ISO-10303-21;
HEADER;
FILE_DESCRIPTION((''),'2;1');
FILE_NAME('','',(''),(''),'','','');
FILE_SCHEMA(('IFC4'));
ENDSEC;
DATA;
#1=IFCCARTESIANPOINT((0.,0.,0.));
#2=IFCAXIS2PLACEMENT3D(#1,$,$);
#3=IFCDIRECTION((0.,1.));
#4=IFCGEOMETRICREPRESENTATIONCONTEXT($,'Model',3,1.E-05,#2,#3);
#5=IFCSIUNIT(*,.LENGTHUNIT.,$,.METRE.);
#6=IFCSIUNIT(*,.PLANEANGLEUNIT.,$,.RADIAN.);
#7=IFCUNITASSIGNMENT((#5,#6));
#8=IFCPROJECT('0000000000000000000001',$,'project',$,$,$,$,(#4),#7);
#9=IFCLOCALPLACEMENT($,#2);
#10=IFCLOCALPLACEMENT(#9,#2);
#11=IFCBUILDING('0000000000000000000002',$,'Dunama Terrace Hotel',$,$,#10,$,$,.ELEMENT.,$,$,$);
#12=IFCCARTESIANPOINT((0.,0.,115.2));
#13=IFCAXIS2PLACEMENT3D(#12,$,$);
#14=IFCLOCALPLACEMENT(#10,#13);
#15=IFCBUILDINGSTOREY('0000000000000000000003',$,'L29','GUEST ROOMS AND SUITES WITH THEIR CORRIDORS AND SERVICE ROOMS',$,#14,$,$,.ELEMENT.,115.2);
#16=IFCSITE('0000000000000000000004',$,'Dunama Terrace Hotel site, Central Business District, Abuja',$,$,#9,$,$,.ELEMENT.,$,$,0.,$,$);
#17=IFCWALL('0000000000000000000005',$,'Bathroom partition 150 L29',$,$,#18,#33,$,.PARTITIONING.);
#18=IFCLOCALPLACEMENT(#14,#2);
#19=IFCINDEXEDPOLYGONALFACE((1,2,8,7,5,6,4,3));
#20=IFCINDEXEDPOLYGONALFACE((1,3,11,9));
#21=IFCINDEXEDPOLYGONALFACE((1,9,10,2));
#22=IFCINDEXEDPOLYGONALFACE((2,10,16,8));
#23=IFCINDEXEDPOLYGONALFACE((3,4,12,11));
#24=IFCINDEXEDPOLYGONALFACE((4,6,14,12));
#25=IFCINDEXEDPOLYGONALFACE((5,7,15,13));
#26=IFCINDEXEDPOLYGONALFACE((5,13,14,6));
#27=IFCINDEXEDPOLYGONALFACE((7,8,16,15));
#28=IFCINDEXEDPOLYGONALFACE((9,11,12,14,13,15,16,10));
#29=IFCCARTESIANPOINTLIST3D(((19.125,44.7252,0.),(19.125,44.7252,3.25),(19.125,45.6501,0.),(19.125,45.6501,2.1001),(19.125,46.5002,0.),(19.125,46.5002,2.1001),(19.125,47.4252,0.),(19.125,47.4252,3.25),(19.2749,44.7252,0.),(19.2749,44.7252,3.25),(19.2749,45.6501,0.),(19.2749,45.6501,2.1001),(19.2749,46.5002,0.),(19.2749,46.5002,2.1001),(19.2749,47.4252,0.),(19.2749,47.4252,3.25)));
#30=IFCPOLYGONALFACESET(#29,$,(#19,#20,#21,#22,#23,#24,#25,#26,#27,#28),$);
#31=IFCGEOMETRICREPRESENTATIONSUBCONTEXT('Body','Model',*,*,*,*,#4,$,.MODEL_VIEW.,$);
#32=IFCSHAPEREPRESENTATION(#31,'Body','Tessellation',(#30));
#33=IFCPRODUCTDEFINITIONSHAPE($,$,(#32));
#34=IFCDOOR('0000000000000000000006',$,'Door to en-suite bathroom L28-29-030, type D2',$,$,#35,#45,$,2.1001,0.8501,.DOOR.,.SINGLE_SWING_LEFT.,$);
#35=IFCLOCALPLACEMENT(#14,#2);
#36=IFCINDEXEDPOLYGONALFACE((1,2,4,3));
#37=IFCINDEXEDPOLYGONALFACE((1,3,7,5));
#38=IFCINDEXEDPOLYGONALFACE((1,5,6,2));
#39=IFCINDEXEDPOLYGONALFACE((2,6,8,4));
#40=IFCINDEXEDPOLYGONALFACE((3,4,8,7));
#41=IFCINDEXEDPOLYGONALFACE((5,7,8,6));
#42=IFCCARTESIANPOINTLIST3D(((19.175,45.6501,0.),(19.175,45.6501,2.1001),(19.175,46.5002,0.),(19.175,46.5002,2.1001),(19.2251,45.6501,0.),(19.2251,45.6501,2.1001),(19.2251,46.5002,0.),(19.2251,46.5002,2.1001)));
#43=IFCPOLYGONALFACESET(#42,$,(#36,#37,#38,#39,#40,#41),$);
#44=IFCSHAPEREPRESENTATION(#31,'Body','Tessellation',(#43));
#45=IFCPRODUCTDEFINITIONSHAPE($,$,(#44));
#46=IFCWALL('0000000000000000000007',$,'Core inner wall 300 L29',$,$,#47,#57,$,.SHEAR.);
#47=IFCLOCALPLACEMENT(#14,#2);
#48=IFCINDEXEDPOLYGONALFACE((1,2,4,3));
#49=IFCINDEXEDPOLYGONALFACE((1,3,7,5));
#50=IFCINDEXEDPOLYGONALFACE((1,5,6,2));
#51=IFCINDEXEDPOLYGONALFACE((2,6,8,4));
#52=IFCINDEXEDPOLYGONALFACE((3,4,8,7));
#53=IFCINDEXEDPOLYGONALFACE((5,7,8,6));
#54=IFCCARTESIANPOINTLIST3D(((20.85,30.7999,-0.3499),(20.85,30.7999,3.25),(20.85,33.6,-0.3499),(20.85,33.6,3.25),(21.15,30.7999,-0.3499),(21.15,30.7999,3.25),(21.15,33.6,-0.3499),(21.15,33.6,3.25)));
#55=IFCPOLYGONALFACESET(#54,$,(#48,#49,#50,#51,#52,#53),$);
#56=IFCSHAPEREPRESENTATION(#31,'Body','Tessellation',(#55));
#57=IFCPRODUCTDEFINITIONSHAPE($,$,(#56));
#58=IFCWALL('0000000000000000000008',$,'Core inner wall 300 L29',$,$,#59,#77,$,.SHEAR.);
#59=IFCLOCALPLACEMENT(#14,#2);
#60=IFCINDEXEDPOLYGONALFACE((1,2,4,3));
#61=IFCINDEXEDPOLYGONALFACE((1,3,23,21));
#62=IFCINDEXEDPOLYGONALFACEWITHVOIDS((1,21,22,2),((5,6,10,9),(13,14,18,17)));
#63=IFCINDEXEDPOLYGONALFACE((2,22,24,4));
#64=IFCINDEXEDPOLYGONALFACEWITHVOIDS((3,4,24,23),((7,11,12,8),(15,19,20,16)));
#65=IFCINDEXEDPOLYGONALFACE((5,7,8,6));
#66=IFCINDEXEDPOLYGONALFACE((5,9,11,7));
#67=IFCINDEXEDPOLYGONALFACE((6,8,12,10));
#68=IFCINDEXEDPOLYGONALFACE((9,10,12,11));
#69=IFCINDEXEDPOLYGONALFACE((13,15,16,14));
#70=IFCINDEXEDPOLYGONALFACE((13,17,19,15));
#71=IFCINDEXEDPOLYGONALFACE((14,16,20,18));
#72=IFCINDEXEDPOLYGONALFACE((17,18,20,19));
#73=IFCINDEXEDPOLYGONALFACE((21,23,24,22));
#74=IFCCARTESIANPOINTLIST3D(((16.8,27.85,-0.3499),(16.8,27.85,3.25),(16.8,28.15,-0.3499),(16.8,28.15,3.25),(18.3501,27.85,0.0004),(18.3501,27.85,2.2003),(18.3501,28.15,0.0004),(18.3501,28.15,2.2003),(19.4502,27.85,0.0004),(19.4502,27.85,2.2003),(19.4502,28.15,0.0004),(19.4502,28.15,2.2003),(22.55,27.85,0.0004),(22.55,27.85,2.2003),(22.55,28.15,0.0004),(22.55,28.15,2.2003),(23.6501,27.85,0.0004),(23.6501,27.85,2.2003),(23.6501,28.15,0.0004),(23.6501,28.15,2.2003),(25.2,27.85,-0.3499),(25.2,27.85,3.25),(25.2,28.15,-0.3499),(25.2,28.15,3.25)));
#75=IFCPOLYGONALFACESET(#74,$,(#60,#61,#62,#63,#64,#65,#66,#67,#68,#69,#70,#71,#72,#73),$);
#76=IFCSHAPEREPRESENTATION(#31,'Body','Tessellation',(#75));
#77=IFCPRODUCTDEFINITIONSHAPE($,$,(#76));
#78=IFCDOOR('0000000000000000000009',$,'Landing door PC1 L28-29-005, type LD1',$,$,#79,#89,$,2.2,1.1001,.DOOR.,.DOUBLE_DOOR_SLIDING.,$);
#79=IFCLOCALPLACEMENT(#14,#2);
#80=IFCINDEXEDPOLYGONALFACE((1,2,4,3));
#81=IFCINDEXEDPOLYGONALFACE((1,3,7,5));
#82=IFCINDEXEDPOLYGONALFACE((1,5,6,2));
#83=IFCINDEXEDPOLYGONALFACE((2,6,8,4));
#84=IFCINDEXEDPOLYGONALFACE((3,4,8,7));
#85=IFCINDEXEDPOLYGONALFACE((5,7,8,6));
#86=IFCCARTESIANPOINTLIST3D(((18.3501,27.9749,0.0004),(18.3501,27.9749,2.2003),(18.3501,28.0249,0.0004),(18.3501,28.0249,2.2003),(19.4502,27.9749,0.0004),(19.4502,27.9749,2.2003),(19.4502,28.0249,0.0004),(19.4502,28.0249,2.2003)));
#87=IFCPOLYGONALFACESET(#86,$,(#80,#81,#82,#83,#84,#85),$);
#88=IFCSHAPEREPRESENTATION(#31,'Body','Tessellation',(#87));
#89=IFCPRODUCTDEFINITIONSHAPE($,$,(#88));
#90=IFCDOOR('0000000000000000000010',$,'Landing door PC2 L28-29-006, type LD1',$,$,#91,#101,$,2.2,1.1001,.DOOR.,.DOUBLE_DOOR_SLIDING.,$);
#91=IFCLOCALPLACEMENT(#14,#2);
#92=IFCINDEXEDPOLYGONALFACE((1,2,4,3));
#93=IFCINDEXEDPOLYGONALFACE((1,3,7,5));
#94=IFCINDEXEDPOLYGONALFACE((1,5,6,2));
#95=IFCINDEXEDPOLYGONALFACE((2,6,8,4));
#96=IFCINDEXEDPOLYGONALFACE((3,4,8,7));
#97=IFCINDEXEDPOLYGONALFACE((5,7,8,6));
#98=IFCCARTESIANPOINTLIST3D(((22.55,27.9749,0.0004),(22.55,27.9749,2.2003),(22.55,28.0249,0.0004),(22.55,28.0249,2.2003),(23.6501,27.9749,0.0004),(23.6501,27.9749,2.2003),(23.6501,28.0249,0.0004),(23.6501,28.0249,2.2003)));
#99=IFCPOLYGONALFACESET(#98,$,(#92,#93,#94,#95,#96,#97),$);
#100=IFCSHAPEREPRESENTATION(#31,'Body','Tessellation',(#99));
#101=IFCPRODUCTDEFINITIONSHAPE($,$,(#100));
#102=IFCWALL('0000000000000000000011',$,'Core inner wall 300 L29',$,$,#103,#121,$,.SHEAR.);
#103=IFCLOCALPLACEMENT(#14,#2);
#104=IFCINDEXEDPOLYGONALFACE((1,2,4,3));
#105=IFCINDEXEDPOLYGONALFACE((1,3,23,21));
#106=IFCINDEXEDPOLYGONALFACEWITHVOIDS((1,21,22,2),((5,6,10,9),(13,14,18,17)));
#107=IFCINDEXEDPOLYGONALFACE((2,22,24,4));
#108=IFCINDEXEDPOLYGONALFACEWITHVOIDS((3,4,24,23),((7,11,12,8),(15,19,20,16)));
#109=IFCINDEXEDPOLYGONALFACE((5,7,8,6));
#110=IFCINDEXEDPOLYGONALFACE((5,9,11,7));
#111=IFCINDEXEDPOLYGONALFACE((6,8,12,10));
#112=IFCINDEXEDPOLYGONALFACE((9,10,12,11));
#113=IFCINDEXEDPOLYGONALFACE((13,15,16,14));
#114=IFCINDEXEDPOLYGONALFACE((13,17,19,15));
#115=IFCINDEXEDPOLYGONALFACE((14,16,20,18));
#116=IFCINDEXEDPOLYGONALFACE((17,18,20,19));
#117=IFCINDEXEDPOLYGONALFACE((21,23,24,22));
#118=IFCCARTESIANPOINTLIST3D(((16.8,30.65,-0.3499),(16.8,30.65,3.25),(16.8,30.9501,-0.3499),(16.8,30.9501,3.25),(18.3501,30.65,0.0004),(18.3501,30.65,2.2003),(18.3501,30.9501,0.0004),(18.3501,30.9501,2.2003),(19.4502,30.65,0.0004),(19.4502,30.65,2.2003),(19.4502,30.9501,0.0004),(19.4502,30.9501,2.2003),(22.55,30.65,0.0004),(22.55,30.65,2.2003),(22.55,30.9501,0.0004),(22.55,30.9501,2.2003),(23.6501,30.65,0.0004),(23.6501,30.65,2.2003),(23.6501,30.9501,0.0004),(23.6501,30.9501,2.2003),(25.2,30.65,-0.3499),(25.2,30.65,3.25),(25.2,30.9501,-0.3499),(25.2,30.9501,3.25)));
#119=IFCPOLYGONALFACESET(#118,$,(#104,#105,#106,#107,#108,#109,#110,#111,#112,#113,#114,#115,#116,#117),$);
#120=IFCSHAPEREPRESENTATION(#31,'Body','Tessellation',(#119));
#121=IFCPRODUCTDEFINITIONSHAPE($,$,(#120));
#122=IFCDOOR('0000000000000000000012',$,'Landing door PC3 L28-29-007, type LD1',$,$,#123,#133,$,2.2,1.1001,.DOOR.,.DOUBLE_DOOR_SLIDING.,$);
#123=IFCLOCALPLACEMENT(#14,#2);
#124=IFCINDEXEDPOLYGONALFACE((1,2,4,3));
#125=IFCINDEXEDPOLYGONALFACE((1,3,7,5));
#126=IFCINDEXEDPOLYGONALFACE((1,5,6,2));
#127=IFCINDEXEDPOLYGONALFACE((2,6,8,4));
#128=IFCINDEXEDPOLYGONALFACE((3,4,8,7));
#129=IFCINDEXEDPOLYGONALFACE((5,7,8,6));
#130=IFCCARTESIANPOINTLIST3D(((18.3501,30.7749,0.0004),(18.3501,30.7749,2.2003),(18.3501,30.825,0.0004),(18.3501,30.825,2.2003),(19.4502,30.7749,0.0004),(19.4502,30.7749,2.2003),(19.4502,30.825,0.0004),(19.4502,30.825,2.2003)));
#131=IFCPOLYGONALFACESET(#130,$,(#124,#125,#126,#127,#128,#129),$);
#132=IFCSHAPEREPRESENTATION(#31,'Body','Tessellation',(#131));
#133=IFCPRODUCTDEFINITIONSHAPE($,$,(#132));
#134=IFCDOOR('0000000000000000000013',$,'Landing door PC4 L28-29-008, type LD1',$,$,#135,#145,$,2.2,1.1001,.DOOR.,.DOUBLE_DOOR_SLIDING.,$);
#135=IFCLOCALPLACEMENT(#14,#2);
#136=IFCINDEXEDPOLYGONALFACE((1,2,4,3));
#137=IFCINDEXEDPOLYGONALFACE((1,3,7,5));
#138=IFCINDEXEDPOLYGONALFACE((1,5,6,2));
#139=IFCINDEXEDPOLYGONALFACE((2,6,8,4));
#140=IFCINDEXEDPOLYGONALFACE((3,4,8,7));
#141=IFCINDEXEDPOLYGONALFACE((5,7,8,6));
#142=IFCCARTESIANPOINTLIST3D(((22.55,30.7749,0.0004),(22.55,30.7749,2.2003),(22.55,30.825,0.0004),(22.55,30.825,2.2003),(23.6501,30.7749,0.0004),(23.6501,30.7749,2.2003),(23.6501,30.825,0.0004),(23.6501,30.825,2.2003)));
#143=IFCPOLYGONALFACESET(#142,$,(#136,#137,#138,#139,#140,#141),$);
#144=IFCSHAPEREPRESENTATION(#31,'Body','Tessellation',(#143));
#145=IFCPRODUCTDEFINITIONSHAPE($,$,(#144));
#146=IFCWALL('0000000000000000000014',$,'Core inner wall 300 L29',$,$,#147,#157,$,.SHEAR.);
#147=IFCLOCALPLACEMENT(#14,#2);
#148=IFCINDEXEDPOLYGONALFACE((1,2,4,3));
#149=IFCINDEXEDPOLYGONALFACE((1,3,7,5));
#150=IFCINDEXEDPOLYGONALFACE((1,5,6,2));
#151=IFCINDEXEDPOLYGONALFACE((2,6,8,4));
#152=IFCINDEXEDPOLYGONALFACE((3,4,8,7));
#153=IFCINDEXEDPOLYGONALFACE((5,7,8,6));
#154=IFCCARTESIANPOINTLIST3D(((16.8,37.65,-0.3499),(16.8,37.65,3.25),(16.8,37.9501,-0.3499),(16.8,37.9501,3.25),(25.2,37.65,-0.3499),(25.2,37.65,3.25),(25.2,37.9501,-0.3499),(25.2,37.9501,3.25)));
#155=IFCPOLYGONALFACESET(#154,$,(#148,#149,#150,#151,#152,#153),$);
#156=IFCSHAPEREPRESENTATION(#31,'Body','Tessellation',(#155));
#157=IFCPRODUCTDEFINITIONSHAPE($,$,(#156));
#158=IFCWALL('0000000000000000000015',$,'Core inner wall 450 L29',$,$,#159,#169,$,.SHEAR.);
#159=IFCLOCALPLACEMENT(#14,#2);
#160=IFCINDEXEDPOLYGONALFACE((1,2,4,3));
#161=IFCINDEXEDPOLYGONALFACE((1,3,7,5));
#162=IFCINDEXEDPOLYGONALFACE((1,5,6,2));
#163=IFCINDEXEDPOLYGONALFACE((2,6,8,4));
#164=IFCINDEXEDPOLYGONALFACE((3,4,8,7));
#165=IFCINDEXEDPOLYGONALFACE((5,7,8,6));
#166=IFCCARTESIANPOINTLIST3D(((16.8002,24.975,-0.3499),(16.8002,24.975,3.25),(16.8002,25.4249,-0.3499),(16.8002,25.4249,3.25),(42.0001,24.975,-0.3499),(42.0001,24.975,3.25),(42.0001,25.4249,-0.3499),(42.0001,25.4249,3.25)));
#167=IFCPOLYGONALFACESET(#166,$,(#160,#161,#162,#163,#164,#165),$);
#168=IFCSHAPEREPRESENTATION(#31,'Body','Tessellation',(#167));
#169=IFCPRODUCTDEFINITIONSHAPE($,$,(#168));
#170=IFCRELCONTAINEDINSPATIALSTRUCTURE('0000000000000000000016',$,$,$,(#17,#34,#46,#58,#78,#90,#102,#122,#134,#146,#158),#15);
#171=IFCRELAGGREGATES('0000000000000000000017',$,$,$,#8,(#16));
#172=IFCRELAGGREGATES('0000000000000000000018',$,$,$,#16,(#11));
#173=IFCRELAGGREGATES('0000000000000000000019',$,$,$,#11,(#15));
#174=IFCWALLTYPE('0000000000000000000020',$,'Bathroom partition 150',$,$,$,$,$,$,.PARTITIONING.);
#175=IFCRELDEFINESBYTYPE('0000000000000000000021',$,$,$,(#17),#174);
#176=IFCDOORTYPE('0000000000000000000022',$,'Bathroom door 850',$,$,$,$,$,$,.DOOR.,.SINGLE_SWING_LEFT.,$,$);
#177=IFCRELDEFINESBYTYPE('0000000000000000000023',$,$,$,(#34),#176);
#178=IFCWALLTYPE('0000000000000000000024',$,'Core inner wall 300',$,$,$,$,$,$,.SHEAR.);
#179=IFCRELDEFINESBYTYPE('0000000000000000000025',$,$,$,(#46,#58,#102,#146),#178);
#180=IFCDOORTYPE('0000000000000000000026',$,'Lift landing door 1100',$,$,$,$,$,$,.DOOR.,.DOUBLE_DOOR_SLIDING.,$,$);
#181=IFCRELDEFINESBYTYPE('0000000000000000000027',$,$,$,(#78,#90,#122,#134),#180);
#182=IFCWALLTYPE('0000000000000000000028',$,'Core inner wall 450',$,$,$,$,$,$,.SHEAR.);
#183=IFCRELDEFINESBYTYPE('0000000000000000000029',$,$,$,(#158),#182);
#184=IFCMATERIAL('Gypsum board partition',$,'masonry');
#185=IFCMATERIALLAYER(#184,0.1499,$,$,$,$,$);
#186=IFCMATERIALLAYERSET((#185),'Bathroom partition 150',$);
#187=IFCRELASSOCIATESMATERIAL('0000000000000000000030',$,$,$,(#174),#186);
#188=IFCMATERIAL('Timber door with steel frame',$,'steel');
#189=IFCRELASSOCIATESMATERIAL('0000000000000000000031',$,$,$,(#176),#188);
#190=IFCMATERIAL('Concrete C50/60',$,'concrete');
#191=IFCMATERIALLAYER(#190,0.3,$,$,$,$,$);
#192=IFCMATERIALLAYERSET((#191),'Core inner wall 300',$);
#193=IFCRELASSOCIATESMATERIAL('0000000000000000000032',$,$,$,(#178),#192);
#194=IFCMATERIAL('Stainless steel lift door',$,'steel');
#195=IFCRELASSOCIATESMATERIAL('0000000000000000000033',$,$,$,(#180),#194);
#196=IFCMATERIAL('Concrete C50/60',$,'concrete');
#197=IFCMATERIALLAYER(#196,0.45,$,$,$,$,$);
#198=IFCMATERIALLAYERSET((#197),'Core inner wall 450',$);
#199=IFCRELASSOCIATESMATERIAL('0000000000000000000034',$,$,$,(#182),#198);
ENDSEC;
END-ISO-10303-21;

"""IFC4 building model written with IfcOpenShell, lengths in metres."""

from ifc_helpers import new_model, si_unit, direction, frame, frame_2d, origin, place, context, subcontext, project, spatial, rectangle, extrude, material, layer, layer_set, type_object, element, fill, save


model = new_model("IFC4")

# Units and contexts
model_context = context("Model", 3, precision=1e-05, world=origin(), true_north=direction((0.0, 1.0)))
body_context = subcontext(model_context, "Body", "Model", "MODEL_VIEW")
ifc_project = project(units=[si_unit("LENGTHUNIT", "METRE"), si_unit("PLANEANGLEUNIT", "RADIAN")], contexts=[model_context])

# Site, building, storey
site_placement = place(None, origin())
site = spatial("IfcSite", under=ifc_project, at=site_placement, Name="Dunama Terrace Hotel site, Central Business District, Abuja", CompositionType="ELEMENT", RefElevation=0.0)
building_placement = place(site_placement, origin())
building = spatial("IfcBuilding", under=site, at=building_placement, Name="Dunama Terrace Hotel", CompositionType="ELEMENT")
storey_placement = place(building_placement, frame((0.0, 0.0, 115.2)))
storey = spatial("IfcBuildingStorey", under=building, at=storey_placement, Name="L29", Description="GUEST ROOMS AND SUITES WITH THEIR CORRIDORS AND SERVICE ROOMS", CompositionType="ELEMENT", Elevation=115.2)

# Wall, opening, door
ifc_material_1 = material(Name="Gypsum board partition", Category="masonry")
ifc_layer_1 = layer(ifc_material_1, 0.1499)
ifc_layer_set_1 = layer_set([ifc_layer_1], Name="Bathroom partition 150")
wall_type_1 = type_object("IfcWallType", Name="Bathroom partition 150", PredefinedType="PARTITIONING", material=ifc_layer_set_1)
wall_1_placement = place(storey_placement, frame((19.2, 44.7251, 0.0), z_axis=(0.0, 0.0, 1.0), x_axis=(0.0, 1.0, 0.0)))
wall_1 = element("IfcWall", 1, at=wall_1_placement, inside=storey, type_object=wall_type_1, Name="Bathroom partition 150 L29", PredefinedType="PARTITIONING", context=body_context, shape_type="SweptSolid", body=[
    extrude(rectangle(XDim=2.7, YDim=0.1499, at=frame_2d((1.3501, 0.0))), origin(), (0.0, 0.0, 1.0), 3.25),
])
opening_1_placement = place(wall_1_placement, frame((0.925, 0.0, 0.0)))
opening_1 = element("IfcOpeningElement", 2, at=opening_1_placement, cuts=wall_1, PredefinedType="OPENING", context=body_context, shape_type="SweptSolid", body=[
    extrude(rectangle(XDim=0.8501, YDim=2.1001, at=frame_2d((0.425, 1.05))), frame((0.0, 0.085, 0.0), z_axis=(0.0, -1.0, 0.0), x_axis=(1.0, 0.0, 0.0)), (0.0, 0.0, 1.0), 0.1699),
])
ifc_material_2 = material(Name="Timber door with steel frame", Category="steel")
door_type_1 = type_object("IfcDoorType", Name="Bathroom door 850", OperationType="SINGLE_SWING_LEFT", PredefinedType="DOOR", material=ifc_material_2)
door_1_placement = place(opening_1_placement, origin())
door_1 = element("IfcDoor", 3, at=door_1_placement, inside=storey, type_object=door_type_1, Name="Door to en-suite bathroom L28-29-030, type D2", OperationType="SINGLE_SWING_LEFT", OverallHeight=2.1001, OverallWidth=0.8501, PredefinedType="DOOR", context=body_context, shape_type="SweptSolid", body=[
    extrude(rectangle(XDim=0.8501, YDim=2.1001, at=frame_2d((0.425, 1.05))), frame((0.0, 0.0249, 0.0), z_axis=(0.0, -1.0, 0.0), x_axis=(1.0, 0.0, 0.0)), (0.0, 0.0, 1.0), 0.05),
])
fill(opening_1, door_1)

# Wall
ifc_material_3 = material(Name="Concrete C50/60", Category="concrete")
ifc_layer_2 = layer(ifc_material_3, 0.3)
ifc_layer_set_2 = layer_set([ifc_layer_2], Name="Core inner wall 300")
wall_type_2 = type_object("IfcWallType", Name="Core inner wall 300", PredefinedType="SHEAR", material=ifc_layer_set_2)
wall_2_placement = place(storey_placement, frame((21.0, 30.8, -0.3499), z_axis=(0.0, 0.0, 1.0), x_axis=(0.0, 1.0, 0.0)))
element("IfcWall", 4, at=wall_2_placement, inside=storey, type_object=wall_type_2, Name="Core inner wall 300 L29", PredefinedType="SHEAR", context=body_context, shape_type="SweptSolid", body=[
    extrude(rectangle(XDim=2.8, YDim=0.3, at=frame_2d((1.3999, 0.0))), origin(), (0.0, 0.0, 1.0), 3.5999),
])

# Walls, openings, doors
wall_3_placement = place(storey_placement, frame((16.8, 28.0, -0.3499), z_axis=(0.0, 0.0, 1.0), x_axis=(1.0, 0.0, 0.0)))
wall_3 = element("IfcWall", 5, at=wall_3_placement, inside=storey, type_object=wall_type_2, Name="Core inner wall 300 L29", PredefinedType="SHEAR", context=body_context, shape_type="SweptSolid", body=[
    extrude(rectangle(XDim=8.3999, YDim=0.3, at=frame_2d((4.2, 0.0))), origin(), (0.0, 0.0, 1.0), 3.5999),
])
opening_2_placement = place(wall_3_placement, frame((1.55, 0.0, 0.3501)))
opening_2 = element("IfcOpeningElement", 6, at=opening_2_placement, cuts=wall_3, PredefinedType="OPENING", context=body_context, shape_type="SweptSolid", body=[
    extrude(rectangle(XDim=1.1001, YDim=2.2, at=frame_2d((0.55, 1.1001))), frame((0.0, 0.1599, 0.0), z_axis=(0.0, -1.0, 0.0), x_axis=(1.0, 0.0, 0.0)), (0.0, 0.0, 1.0), 0.3201),
])
opening_3_placement = place(wall_3_placement, frame((5.75, 0.0, 0.3501)))
opening_3 = element("IfcOpeningElement", 7, at=opening_3_placement, cuts=wall_3, PredefinedType="OPENING", context=body_context, shape_type="SweptSolid", body=[
    extrude(rectangle(XDim=1.1001, YDim=2.2, at=frame_2d((0.55, 1.1001))), frame((0.0, 0.1599, 0.0), z_axis=(0.0, -1.0, 0.0), x_axis=(1.0, 0.0, 0.0)), (0.0, 0.0, 1.0), 0.3201),
])
ifc_material_4 = material(Name="Stainless steel lift door", Category="steel")
door_type_2 = type_object("IfcDoorType", Name="Lift landing door 1100", OperationType="DOUBLE_DOOR_SLIDING", PredefinedType="DOOR", material=ifc_material_4)
door_2_placement = place(opening_2_placement, origin())
door_2 = element("IfcDoor", 8, at=door_2_placement, inside=storey, type_object=door_type_2, Name="Landing door PC1 L28-29-005, type LD1", OperationType="DOUBLE_DOOR_SLIDING", OverallHeight=2.2, OverallWidth=1.1001, PredefinedType="DOOR", context=body_context, shape_type="SweptSolid", body=[
    extrude(rectangle(XDim=1.1001, YDim=2.2, at=frame_2d((0.55, 1.1001))), frame((0.0, 0.0249, 0.0), z_axis=(0.0, -1.0, 0.0), x_axis=(1.0, 0.0, 0.0)), (0.0, 0.0, 1.0), 0.05),
])
fill(opening_2, door_2)
door_3_placement = place(opening_3_placement, origin())
door_3 = element("IfcDoor", 9, at=door_3_placement, inside=storey, type_object=door_type_2, Name="Landing door PC2 L28-29-006, type LD1", OperationType="DOUBLE_DOOR_SLIDING", OverallHeight=2.2, OverallWidth=1.1001, PredefinedType="DOOR", context=body_context, shape_type="SweptSolid", body=[
    extrude(rectangle(XDim=1.1001, YDim=2.2, at=frame_2d((0.55, 1.1001))), frame((0.0, 0.0249, 0.0), z_axis=(0.0, -1.0, 0.0), x_axis=(1.0, 0.0, 0.0)), (0.0, 0.0, 1.0), 0.05),
])
fill(opening_3, door_3)
wall_4_placement = place(storey_placement, frame((16.8, 30.8, -0.3499), z_axis=(0.0, 0.0, 1.0), x_axis=(1.0, 0.0, 0.0)))
wall_4 = element("IfcWall", 10, at=wall_4_placement, inside=storey, type_object=wall_type_2, Name="Core inner wall 300 L29", PredefinedType="SHEAR", context=body_context, shape_type="SweptSolid", body=[
    extrude(rectangle(XDim=8.3999, YDim=0.3, at=frame_2d((4.2, 0.0))), origin(), (0.0, 0.0, 1.0), 3.5999),
])
opening_4_placement = place(wall_4_placement, frame((1.55, 0.0, 0.3501)))
opening_4 = element("IfcOpeningElement", 11, at=opening_4_placement, cuts=wall_4, PredefinedType="OPENING", context=body_context, shape_type="SweptSolid", body=[
    extrude(rectangle(XDim=1.1001, YDim=2.2, at=frame_2d((0.55, 1.1001))), frame((0.0, 0.1599, 0.0), z_axis=(0.0, -1.0, 0.0), x_axis=(1.0, 0.0, 0.0)), (0.0, 0.0, 1.0), 0.3201),
])
opening_5_placement = place(wall_4_placement, frame((5.75, 0.0, 0.3501)))
opening_5 = element("IfcOpeningElement", 12, at=opening_5_placement, cuts=wall_4, PredefinedType="OPENING", context=body_context, shape_type="SweptSolid", body=[
    extrude(rectangle(XDim=1.1001, YDim=2.2, at=frame_2d((0.55, 1.1001))), frame((0.0, 0.1599, 0.0), z_axis=(0.0, -1.0, 0.0), x_axis=(1.0, 0.0, 0.0)), (0.0, 0.0, 1.0), 0.3201),
])
door_4_placement = place(opening_4_placement, origin())
door_4 = element("IfcDoor", 13, at=door_4_placement, inside=storey, type_object=door_type_2, Name="Landing door PC3 L28-29-007, type LD1", OperationType="DOUBLE_DOOR_SLIDING", OverallHeight=2.2, OverallWidth=1.1001, PredefinedType="DOOR", context=body_context, shape_type="SweptSolid", body=[
    extrude(rectangle(XDim=1.1001, YDim=2.2, at=frame_2d((0.55, 1.1001))), frame((0.0, 0.0249, 0.0), z_axis=(0.0, -1.0, 0.0), x_axis=(1.0, 0.0, 0.0)), (0.0, 0.0, 1.0), 0.05),
])
fill(opening_4, door_4)
door_5_placement = place(opening_5_placement, origin())
door_5 = element("IfcDoor", 14, at=door_5_placement, inside=storey, type_object=door_type_2, Name="Landing door PC4 L28-29-008, type LD1", OperationType="DOUBLE_DOOR_SLIDING", OverallHeight=2.2, OverallWidth=1.1001, PredefinedType="DOOR", context=body_context, shape_type="SweptSolid", body=[
    extrude(rectangle(XDim=1.1001, YDim=2.2, at=frame_2d((0.55, 1.1001))), frame((0.0, 0.0249, 0.0), z_axis=(0.0, -1.0, 0.0), x_axis=(1.0, 0.0, 0.0)), (0.0, 0.0, 1.0), 0.05),
])
fill(opening_5, door_5)

# Walls
wall_5_placement = place(storey_placement, frame((16.8, 37.8, -0.3499), z_axis=(0.0, 0.0, 1.0), x_axis=(1.0, 0.0, 0.0)))
element("IfcWall", 15, at=wall_5_placement, inside=storey, type_object=wall_type_2, Name="Core inner wall 300 L29", PredefinedType="SHEAR", context=body_context, shape_type="SweptSolid", body=[
    extrude(rectangle(XDim=8.3999, YDim=0.3, at=frame_2d((4.2, 0.0))), origin(), (0.0, 0.0, 1.0), 3.5999),
])
ifc_material_5 = material(Name="Concrete C50/60", Category="concrete")
ifc_layer_3 = layer(ifc_material_5, 0.45)
ifc_layer_set_3 = layer_set([ifc_layer_3], Name="Core inner wall 450")
wall_type_3 = type_object("IfcWallType", Name="Core inner wall 450", PredefinedType="SHEAR", material=ifc_layer_set_3)
wall_6_placement = place(storey_placement, frame((16.8, 25.2, -0.3499), z_axis=(0.0, 0.0, 1.0), x_axis=(1.0, 0.0, 0.0)))
element("IfcWall", 16, at=wall_6_placement, inside=storey, type_object=wall_type_3, Name="Core inner wall 450 L29", PredefinedType="SHEAR", context=body_context, shape_type="SweptSolid", body=[
    extrude(rectangle(XDim=25.2, YDim=0.45, at=frame_2d((12.6001, 0.0))), origin(), (0.0, 0.0, 1.0), 3.5999),
])

save(model, "model.ifc")
